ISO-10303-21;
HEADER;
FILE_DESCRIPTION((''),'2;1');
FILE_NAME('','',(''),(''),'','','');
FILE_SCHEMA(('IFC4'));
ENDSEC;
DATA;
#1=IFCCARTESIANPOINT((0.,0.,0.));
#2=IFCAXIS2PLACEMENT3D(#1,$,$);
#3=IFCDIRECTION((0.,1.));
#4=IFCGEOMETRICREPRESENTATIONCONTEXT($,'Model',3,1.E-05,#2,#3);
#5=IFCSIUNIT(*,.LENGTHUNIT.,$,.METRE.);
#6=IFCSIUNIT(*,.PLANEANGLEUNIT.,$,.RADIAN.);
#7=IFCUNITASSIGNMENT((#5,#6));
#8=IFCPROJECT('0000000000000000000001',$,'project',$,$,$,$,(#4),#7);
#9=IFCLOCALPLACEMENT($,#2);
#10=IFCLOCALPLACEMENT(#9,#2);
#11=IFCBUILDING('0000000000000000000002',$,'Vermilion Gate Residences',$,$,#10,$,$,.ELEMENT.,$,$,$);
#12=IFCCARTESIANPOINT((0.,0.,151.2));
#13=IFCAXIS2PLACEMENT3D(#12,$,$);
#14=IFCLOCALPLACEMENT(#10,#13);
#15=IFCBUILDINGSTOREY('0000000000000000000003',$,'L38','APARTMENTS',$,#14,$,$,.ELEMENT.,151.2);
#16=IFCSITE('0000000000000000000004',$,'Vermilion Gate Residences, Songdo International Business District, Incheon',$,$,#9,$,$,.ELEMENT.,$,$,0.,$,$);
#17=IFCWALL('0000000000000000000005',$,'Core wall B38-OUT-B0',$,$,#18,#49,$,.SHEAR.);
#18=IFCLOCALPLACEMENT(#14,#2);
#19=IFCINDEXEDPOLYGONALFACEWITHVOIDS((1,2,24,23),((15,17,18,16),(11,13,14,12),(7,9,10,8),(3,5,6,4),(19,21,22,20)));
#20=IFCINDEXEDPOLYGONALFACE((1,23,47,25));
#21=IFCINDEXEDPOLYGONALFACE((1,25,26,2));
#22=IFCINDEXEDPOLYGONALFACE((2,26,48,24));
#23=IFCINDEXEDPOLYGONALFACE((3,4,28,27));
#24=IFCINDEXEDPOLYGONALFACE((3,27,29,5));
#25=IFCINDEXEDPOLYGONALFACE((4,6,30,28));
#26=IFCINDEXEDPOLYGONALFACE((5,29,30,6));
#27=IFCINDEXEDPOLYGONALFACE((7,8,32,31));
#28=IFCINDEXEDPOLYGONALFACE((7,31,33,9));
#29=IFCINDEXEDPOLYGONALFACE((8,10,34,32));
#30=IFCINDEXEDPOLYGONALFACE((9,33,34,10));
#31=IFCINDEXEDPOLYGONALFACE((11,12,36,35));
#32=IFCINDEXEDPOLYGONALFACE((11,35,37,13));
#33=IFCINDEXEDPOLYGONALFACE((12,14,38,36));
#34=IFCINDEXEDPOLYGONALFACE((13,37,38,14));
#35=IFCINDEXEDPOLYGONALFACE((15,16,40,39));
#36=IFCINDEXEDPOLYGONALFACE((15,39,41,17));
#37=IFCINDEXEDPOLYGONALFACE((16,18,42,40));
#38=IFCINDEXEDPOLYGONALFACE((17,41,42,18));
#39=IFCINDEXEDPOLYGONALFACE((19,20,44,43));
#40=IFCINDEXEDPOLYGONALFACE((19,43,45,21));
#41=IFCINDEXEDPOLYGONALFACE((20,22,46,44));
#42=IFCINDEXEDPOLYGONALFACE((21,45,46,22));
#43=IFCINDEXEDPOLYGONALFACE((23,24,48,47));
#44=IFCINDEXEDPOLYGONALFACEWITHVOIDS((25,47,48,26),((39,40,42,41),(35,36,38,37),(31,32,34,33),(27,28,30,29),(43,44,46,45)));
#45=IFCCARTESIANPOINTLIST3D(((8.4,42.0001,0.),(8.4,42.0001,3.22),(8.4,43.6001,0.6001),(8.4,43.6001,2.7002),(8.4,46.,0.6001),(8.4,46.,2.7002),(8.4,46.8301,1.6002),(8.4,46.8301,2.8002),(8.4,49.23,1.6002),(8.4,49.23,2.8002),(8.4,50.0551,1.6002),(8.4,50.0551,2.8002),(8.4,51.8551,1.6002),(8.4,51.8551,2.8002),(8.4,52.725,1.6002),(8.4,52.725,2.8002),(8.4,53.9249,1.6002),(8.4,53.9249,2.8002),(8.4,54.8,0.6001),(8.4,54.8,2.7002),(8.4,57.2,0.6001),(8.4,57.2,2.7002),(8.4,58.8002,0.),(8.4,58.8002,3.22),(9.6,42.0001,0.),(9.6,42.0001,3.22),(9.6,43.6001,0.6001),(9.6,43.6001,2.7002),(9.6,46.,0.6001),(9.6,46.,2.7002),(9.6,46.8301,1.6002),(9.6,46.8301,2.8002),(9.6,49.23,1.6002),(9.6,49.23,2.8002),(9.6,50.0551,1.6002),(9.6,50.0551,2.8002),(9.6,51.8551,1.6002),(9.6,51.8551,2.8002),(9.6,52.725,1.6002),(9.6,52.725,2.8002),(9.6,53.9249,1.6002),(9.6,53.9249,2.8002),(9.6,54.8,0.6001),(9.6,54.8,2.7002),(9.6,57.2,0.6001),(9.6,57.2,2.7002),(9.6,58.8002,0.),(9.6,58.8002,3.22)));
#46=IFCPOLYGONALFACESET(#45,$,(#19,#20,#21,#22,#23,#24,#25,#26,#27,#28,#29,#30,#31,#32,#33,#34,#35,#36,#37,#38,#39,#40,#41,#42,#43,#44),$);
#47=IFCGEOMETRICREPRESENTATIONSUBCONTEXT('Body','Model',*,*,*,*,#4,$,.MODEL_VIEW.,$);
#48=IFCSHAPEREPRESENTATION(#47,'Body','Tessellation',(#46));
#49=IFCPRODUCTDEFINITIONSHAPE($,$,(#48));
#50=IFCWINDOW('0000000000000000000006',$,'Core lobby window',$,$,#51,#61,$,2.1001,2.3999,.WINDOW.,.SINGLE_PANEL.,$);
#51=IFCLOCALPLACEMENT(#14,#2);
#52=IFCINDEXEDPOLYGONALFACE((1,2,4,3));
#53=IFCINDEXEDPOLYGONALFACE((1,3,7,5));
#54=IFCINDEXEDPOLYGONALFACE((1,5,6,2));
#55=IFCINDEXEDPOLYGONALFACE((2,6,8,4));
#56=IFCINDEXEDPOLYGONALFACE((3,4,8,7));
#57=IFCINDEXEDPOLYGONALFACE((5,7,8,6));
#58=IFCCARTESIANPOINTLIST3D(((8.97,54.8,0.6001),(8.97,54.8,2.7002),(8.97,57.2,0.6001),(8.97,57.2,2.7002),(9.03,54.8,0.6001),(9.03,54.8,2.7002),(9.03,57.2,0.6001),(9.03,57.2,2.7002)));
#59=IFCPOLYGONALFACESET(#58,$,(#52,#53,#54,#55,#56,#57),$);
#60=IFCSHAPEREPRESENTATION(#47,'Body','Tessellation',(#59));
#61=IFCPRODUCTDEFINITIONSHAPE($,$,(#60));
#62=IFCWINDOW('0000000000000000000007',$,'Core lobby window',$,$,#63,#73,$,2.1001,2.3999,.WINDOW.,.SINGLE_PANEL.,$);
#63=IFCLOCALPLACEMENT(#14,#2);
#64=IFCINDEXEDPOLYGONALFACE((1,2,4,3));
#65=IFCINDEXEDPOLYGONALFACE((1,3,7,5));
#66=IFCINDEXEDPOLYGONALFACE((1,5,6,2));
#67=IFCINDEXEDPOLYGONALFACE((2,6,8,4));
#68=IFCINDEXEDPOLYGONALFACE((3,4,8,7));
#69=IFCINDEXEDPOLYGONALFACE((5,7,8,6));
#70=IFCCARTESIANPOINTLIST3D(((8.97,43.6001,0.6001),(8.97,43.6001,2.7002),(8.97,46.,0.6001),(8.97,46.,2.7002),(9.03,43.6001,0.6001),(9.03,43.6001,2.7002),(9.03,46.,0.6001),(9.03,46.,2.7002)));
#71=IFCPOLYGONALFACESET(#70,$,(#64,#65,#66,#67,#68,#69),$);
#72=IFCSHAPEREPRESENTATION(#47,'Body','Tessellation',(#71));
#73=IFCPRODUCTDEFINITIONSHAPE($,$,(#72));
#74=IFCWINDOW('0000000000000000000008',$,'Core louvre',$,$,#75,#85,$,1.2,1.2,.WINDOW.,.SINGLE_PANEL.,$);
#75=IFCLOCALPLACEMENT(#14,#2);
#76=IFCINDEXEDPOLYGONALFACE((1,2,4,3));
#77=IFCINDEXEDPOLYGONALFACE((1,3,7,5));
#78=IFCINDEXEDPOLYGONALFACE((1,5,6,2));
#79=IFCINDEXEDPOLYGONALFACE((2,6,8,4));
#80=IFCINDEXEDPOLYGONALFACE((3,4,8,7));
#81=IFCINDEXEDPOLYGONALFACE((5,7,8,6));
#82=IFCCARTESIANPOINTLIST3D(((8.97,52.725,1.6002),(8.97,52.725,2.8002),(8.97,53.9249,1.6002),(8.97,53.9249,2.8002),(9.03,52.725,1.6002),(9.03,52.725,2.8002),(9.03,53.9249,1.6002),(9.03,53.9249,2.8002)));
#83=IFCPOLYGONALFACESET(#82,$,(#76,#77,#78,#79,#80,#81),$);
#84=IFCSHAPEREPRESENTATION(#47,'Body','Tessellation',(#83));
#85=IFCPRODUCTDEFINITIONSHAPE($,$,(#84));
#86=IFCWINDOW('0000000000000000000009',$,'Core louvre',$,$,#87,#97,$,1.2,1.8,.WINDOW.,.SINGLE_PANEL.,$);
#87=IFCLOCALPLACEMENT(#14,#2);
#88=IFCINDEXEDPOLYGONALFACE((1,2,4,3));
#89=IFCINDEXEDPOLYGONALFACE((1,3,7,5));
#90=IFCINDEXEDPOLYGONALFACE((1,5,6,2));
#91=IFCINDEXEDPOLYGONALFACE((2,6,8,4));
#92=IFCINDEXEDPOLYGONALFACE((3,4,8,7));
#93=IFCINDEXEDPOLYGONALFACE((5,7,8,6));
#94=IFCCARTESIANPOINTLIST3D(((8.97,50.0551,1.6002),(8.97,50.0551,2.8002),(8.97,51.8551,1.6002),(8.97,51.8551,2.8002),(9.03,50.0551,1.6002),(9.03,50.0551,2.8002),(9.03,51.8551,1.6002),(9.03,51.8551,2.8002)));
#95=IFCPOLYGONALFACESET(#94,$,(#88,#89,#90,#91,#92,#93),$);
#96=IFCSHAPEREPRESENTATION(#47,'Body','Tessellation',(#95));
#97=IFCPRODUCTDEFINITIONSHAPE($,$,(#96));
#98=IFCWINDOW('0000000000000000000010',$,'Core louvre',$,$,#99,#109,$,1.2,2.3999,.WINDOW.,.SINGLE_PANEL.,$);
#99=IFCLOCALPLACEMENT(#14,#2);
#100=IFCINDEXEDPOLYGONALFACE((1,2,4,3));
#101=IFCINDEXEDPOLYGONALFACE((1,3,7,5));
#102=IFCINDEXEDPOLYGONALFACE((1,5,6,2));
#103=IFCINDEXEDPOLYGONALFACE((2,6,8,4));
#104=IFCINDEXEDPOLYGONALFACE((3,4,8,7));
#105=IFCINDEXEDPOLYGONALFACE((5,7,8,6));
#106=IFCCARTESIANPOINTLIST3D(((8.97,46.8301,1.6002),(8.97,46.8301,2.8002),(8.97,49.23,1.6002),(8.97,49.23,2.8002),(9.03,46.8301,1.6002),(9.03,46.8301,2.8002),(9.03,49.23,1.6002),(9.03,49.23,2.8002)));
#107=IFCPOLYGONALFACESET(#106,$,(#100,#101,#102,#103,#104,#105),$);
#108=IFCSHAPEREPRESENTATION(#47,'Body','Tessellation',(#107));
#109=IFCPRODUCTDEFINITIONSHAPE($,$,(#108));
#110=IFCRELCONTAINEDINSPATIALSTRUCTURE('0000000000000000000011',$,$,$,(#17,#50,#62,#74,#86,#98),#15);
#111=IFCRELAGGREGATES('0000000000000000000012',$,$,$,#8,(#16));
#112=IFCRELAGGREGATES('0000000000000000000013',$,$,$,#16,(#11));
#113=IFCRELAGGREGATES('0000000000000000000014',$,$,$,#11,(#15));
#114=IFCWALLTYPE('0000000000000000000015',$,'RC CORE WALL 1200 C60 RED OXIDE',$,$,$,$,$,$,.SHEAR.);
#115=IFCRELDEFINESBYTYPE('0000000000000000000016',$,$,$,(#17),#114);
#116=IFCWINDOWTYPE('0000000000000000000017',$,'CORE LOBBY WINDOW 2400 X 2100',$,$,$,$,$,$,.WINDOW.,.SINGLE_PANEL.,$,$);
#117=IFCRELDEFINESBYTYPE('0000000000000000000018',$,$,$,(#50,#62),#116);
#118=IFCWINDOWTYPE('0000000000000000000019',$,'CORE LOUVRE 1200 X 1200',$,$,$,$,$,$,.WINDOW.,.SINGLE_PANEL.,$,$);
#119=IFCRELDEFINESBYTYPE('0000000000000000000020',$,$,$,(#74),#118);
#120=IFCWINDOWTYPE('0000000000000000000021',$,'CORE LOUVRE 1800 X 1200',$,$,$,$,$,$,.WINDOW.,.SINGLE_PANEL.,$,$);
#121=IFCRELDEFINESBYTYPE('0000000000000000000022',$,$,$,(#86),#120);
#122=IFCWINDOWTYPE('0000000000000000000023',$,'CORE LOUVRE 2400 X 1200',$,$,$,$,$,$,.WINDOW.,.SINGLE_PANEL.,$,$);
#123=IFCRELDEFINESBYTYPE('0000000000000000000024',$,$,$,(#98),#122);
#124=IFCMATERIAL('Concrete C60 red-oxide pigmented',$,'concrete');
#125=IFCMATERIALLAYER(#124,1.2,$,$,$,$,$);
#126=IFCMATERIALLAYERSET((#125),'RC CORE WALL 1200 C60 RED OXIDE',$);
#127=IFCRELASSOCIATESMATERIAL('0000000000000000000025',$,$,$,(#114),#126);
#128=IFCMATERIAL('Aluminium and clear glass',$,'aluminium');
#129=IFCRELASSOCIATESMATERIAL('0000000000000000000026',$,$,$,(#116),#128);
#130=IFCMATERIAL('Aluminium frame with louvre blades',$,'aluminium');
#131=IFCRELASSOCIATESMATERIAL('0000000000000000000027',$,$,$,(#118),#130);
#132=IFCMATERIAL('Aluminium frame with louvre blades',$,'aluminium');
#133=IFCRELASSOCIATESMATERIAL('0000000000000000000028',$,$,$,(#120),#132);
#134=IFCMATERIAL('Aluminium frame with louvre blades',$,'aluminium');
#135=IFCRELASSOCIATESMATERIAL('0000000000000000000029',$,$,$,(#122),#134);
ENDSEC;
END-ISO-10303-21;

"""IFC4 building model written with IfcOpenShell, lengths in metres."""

from ifc_helpers import new_model, si_unit, direction, frame, frame_2d, origin, place, context, subcontext, project, spatial, rectangle, extrude, material, layer, layer_set, type_object, element, fill, save


model = new_model("IFC4")

# Units and contexts
model_context = context("Model", 3, precision=1e-05, world=origin(), true_north=direction((0.0, 1.0)))
body_context = subcontext(model_context, "Body", "Model", "MODEL_VIEW")
ifc_project = project(units=[si_unit("LENGTHUNIT", "METRE"), si_unit("PLANEANGLEUNIT", "RADIAN")], contexts=[model_context])

# Site, building, storey
site_placement = place(None, origin())
site = spatial("IfcSite", under=ifc_project, at=site_placement, Name="Vermilion Gate Residences, Songdo International Business District, Incheon", CompositionType="ELEMENT", RefElevation=0.0)
building_placement = place(site_placement, origin())
building = spatial("IfcBuilding", under=site, at=building_placement, Name="Vermilion Gate Residences", CompositionType="ELEMENT")
storey_placement = place(building_placement, frame((0.0, 0.0, 151.2)))
storey = spatial("IfcBuildingStorey", under=building, at=storey_placement, Name="L38", Description="APARTMENTS", CompositionType="ELEMENT", Elevation=151.2)

# Wall, openings, windows
ifc_material_1 = material(Name="Concrete C60 red-oxide pigmented", Category="concrete")
ifc_layer_1 = layer(ifc_material_1, 1.2)
ifc_layer_set_1 = layer_set([ifc_layer_1], Name="RC CORE WALL 1200 C60 RED OXIDE")
wall_type_1 = type_object("IfcWallType", Name="RC CORE WALL 1200 C60 RED OXIDE", PredefinedType="SHEAR", material=ifc_layer_set_1)
wall_1_placement = place(storey_placement, frame((9.0, 58.8, 0.0), z_axis=(0.0, 0.0, 1.0), x_axis=(0.0, -1.0, 0.0)))
wall_1 = element("IfcWall", 1, at=wall_1_placement, inside=storey, type_object=wall_type_1, Name="Core wall B38-OUT-B0", PredefinedType="SHEAR", context=body_context, shape_type="SweptSolid", body=[
    extrude(rectangle(XDim=16.8, YDim=1.2, at=frame_2d((8.3999, 0.0))), origin(), (0.0, 0.0, 1.0), 3.22),
])
opening_1_placement = place(wall_1_placement, frame((1.6001, 0.0, 0.6001)))
opening_1 = element("IfcOpeningElement", 2, at=opening_1_placement, cuts=wall_1, PredefinedType="OPENING", context=body_context, shape_type="SweptSolid", body=[
    extrude(rectangle(XDim=2.3999, YDim=2.1001, at=frame_2d((1.2, 1.05))), frame((0.0, 0.6099, 0.0), z_axis=(0.0, -1.0, 0.0), x_axis=(1.0, 0.0, 0.0)), (0.0, 0.0, 1.0), 1.22),
])
opening_2_placement = place(wall_1_placement, frame((4.875, 0.0, 1.6001)))
opening_2 = element("IfcOpeningElement", 3, at=opening_2_placement, cuts=wall_1, PredefinedType="OPENING", context=body_context, shape_type="SweptSolid", body=[
    extrude(rectangle(XDim=1.2, YDim=1.2, at=frame_2d((0.6001, 0.6001))), frame((0.0, 0.6099, 0.0), z_axis=(0.0, -1.0, 0.0), x_axis=(1.0, 0.0, 0.0)), (0.0, 0.0, 1.0), 1.22),
])
opening_3_placement = place(wall_1_placement, frame((6.9451, 0.0, 1.6001)))
opening_3 = element("IfcOpeningElement", 4, at=opening_3_placement, cuts=wall_1, PredefinedType="OPENING", context=body_context, shape_type="SweptSolid", body=[
    extrude(rectangle(XDim=1.8, YDim=1.2, at=frame_2d((0.8999, 0.6001))), frame((0.0, 0.6099, 0.0), z_axis=(0.0, -1.0, 0.0), x_axis=(1.0, 0.0, 0.0)), (0.0, 0.0, 1.0), 1.22),
])
opening_4_placement = place(wall_1_placement, frame((9.5701, 0.0, 1.6001)))
opening_4 = element("IfcOpeningElement", 5, at=opening_4_placement, cuts=wall_1, PredefinedType="OPENING", context=body_context, shape_type="SweptSolid", body=[
    extrude(rectangle(XDim=2.3999, YDim=1.2, at=frame_2d((1.2, 0.6001))), frame((0.0, 0.6099, 0.0), z_axis=(0.0, -1.0, 0.0), x_axis=(1.0, 0.0, 0.0)), (0.0, 0.0, 1.0), 1.22),
])
opening_5_placement = place(wall_1_placement, frame((12.8, 0.0, 0.6001)))
opening_5 = element("IfcOpeningElement", 6, at=opening_5_placement, cuts=wall_1, PredefinedType="OPENING", context=body_context, shape_type="SweptSolid", body=[
    extrude(rectangle(XDim=2.3999, YDim=2.1001, at=frame_2d((1.2, 1.05))), frame((0.0, 0.6099, 0.0), z_axis=(0.0, -1.0, 0.0), x_axis=(1.0, 0.0, 0.0)), (0.0, 0.0, 1.0), 1.22),
])
ifc_material_2 = material(Name="Aluminium and clear glass", Category="aluminium")
window_type_1 = type_object("IfcWindowType", Name="CORE LOBBY WINDOW 2400 X 2100", PartitioningType="SINGLE_PANEL", PredefinedType="WINDOW", material=ifc_material_2)
window_1_placement = place(opening_1_placement, origin())
window_1 = element("IfcWindow", 7, at=window_1_placement, inside=storey, type_object=window_type_1, Name="Core lobby window", OverallHeight=2.1001, OverallWidth=2.3999, PartitioningType="SINGLE_PANEL", PredefinedType="WINDOW", context=body_context, shape_type="SweptSolid", body=[
    extrude(rectangle(XDim=2.3999, YDim=2.1001, at=frame_2d((1.2, 1.05))), frame((0.0, 0.03, 0.0), z_axis=(0.0, -1.0, 0.0), x_axis=(1.0, 0.0, 0.0)), (0.0, 0.0, 1.0), 0.0601),
])
fill(opening_1, window_1)
window_2_placement = place(opening_5_placement, origin())
window_2 = element("IfcWindow", 8, at=window_2_placement, inside=storey, type_object=window_type_1, Name="Core lobby window", OverallHeight=2.1001, OverallWidth=2.3999, PartitioningType="SINGLE_PANEL", PredefinedType="WINDOW", context=body_context, shape_type="SweptSolid", body=[
    extrude(rectangle(XDim=2.3999, YDim=2.1001, at=frame_2d((1.2, 1.05))), frame((0.0, 0.03, 0.0), z_axis=(0.0, -1.0, 0.0), x_axis=(1.0, 0.0, 0.0)), (0.0, 0.0, 1.0), 0.0601),
])
fill(opening_5, window_2)
ifc_material_3 = material(Name="Aluminium frame with louvre blades", Category="aluminium")
window_type_2 = type_object("IfcWindowType", Name="CORE LOUVRE 1200 X 1200", PartitioningType="SINGLE_PANEL", PredefinedType="WINDOW", material=ifc_material_3)
window_3_placement = place(opening_2_placement, origin())
window_3 = element("IfcWindow", 9, at=window_3_placement, inside=storey, type_object=window_type_2, Name="Core louvre", OverallHeight=1.2, OverallWidth=1.2, PartitioningType="SINGLE_PANEL", PredefinedType="WINDOW", context=body_context, shape_type="SweptSolid", body=[
    extrude(rectangle(XDim=1.2, YDim=1.2, at=frame_2d((0.6001, 0.6001))), frame((0.0, 0.03, 0.0), z_axis=(0.0, -1.0, 0.0), x_axis=(1.0, 0.0, 0.0)), (0.0, 0.0, 1.0), 0.0601),
])
fill(opening_2, window_3)
ifc_material_4 = material(Name="Aluminium frame with louvre blades", Category="aluminium")
window_type_3 = type_object("IfcWindowType", Name="CORE LOUVRE 1800 X 1200", PartitioningType="SINGLE_PANEL", PredefinedType="WINDOW", material=ifc_material_4)
window_4_placement = place(opening_3_placement, origin())
window_4 = element("IfcWindow", 10, at=window_4_placement, inside=storey, type_object=window_type_3, Name="Core louvre", OverallHeight=1.2, OverallWidth=1.8, PartitioningType="SINGLE_PANEL", PredefinedType="WINDOW", context=body_context, shape_type="SweptSolid", body=[
    extrude(rectangle(XDim=1.8, YDim=1.2, at=frame_2d((0.8999, 0.6001))), frame((0.0, 0.03, 0.0), z_axis=(0.0, -1.0, 0.0), x_axis=(1.0, 0.0, 0.0)), (0.0, 0.0, 1.0), 0.0601),
])
fill(opening_3, window_4)
ifc_material_5 = material(Name="Aluminium frame with louvre blades", Category="aluminium")
window_type_4 = type_object("IfcWindowType", Name="CORE LOUVRE 2400 X 1200", PartitioningType="SINGLE_PANEL", PredefinedType="WINDOW", material=ifc_material_5)
window_5_placement = place(opening_4_placement, origin())
window_5 = element("IfcWindow", 11, at=window_5_placement, inside=storey, type_object=window_type_4, Name="Core louvre", OverallHeight=1.2, OverallWidth=2.3999, PartitioningType="SINGLE_PANEL", PredefinedType="WINDOW", context=body_context, shape_type="SweptSolid", body=[
    extrude(rectangle(XDim=2.3999, YDim=1.2, at=frame_2d((1.2, 0.6001))), frame((0.0, 0.03, 0.0), z_axis=(0.0, -1.0, 0.0), x_axis=(1.0, 0.0, 0.0)), (0.0, 0.0, 1.0), 0.0601),
])
fill(opening_4, window_5)

save(model, "model.ifc")
